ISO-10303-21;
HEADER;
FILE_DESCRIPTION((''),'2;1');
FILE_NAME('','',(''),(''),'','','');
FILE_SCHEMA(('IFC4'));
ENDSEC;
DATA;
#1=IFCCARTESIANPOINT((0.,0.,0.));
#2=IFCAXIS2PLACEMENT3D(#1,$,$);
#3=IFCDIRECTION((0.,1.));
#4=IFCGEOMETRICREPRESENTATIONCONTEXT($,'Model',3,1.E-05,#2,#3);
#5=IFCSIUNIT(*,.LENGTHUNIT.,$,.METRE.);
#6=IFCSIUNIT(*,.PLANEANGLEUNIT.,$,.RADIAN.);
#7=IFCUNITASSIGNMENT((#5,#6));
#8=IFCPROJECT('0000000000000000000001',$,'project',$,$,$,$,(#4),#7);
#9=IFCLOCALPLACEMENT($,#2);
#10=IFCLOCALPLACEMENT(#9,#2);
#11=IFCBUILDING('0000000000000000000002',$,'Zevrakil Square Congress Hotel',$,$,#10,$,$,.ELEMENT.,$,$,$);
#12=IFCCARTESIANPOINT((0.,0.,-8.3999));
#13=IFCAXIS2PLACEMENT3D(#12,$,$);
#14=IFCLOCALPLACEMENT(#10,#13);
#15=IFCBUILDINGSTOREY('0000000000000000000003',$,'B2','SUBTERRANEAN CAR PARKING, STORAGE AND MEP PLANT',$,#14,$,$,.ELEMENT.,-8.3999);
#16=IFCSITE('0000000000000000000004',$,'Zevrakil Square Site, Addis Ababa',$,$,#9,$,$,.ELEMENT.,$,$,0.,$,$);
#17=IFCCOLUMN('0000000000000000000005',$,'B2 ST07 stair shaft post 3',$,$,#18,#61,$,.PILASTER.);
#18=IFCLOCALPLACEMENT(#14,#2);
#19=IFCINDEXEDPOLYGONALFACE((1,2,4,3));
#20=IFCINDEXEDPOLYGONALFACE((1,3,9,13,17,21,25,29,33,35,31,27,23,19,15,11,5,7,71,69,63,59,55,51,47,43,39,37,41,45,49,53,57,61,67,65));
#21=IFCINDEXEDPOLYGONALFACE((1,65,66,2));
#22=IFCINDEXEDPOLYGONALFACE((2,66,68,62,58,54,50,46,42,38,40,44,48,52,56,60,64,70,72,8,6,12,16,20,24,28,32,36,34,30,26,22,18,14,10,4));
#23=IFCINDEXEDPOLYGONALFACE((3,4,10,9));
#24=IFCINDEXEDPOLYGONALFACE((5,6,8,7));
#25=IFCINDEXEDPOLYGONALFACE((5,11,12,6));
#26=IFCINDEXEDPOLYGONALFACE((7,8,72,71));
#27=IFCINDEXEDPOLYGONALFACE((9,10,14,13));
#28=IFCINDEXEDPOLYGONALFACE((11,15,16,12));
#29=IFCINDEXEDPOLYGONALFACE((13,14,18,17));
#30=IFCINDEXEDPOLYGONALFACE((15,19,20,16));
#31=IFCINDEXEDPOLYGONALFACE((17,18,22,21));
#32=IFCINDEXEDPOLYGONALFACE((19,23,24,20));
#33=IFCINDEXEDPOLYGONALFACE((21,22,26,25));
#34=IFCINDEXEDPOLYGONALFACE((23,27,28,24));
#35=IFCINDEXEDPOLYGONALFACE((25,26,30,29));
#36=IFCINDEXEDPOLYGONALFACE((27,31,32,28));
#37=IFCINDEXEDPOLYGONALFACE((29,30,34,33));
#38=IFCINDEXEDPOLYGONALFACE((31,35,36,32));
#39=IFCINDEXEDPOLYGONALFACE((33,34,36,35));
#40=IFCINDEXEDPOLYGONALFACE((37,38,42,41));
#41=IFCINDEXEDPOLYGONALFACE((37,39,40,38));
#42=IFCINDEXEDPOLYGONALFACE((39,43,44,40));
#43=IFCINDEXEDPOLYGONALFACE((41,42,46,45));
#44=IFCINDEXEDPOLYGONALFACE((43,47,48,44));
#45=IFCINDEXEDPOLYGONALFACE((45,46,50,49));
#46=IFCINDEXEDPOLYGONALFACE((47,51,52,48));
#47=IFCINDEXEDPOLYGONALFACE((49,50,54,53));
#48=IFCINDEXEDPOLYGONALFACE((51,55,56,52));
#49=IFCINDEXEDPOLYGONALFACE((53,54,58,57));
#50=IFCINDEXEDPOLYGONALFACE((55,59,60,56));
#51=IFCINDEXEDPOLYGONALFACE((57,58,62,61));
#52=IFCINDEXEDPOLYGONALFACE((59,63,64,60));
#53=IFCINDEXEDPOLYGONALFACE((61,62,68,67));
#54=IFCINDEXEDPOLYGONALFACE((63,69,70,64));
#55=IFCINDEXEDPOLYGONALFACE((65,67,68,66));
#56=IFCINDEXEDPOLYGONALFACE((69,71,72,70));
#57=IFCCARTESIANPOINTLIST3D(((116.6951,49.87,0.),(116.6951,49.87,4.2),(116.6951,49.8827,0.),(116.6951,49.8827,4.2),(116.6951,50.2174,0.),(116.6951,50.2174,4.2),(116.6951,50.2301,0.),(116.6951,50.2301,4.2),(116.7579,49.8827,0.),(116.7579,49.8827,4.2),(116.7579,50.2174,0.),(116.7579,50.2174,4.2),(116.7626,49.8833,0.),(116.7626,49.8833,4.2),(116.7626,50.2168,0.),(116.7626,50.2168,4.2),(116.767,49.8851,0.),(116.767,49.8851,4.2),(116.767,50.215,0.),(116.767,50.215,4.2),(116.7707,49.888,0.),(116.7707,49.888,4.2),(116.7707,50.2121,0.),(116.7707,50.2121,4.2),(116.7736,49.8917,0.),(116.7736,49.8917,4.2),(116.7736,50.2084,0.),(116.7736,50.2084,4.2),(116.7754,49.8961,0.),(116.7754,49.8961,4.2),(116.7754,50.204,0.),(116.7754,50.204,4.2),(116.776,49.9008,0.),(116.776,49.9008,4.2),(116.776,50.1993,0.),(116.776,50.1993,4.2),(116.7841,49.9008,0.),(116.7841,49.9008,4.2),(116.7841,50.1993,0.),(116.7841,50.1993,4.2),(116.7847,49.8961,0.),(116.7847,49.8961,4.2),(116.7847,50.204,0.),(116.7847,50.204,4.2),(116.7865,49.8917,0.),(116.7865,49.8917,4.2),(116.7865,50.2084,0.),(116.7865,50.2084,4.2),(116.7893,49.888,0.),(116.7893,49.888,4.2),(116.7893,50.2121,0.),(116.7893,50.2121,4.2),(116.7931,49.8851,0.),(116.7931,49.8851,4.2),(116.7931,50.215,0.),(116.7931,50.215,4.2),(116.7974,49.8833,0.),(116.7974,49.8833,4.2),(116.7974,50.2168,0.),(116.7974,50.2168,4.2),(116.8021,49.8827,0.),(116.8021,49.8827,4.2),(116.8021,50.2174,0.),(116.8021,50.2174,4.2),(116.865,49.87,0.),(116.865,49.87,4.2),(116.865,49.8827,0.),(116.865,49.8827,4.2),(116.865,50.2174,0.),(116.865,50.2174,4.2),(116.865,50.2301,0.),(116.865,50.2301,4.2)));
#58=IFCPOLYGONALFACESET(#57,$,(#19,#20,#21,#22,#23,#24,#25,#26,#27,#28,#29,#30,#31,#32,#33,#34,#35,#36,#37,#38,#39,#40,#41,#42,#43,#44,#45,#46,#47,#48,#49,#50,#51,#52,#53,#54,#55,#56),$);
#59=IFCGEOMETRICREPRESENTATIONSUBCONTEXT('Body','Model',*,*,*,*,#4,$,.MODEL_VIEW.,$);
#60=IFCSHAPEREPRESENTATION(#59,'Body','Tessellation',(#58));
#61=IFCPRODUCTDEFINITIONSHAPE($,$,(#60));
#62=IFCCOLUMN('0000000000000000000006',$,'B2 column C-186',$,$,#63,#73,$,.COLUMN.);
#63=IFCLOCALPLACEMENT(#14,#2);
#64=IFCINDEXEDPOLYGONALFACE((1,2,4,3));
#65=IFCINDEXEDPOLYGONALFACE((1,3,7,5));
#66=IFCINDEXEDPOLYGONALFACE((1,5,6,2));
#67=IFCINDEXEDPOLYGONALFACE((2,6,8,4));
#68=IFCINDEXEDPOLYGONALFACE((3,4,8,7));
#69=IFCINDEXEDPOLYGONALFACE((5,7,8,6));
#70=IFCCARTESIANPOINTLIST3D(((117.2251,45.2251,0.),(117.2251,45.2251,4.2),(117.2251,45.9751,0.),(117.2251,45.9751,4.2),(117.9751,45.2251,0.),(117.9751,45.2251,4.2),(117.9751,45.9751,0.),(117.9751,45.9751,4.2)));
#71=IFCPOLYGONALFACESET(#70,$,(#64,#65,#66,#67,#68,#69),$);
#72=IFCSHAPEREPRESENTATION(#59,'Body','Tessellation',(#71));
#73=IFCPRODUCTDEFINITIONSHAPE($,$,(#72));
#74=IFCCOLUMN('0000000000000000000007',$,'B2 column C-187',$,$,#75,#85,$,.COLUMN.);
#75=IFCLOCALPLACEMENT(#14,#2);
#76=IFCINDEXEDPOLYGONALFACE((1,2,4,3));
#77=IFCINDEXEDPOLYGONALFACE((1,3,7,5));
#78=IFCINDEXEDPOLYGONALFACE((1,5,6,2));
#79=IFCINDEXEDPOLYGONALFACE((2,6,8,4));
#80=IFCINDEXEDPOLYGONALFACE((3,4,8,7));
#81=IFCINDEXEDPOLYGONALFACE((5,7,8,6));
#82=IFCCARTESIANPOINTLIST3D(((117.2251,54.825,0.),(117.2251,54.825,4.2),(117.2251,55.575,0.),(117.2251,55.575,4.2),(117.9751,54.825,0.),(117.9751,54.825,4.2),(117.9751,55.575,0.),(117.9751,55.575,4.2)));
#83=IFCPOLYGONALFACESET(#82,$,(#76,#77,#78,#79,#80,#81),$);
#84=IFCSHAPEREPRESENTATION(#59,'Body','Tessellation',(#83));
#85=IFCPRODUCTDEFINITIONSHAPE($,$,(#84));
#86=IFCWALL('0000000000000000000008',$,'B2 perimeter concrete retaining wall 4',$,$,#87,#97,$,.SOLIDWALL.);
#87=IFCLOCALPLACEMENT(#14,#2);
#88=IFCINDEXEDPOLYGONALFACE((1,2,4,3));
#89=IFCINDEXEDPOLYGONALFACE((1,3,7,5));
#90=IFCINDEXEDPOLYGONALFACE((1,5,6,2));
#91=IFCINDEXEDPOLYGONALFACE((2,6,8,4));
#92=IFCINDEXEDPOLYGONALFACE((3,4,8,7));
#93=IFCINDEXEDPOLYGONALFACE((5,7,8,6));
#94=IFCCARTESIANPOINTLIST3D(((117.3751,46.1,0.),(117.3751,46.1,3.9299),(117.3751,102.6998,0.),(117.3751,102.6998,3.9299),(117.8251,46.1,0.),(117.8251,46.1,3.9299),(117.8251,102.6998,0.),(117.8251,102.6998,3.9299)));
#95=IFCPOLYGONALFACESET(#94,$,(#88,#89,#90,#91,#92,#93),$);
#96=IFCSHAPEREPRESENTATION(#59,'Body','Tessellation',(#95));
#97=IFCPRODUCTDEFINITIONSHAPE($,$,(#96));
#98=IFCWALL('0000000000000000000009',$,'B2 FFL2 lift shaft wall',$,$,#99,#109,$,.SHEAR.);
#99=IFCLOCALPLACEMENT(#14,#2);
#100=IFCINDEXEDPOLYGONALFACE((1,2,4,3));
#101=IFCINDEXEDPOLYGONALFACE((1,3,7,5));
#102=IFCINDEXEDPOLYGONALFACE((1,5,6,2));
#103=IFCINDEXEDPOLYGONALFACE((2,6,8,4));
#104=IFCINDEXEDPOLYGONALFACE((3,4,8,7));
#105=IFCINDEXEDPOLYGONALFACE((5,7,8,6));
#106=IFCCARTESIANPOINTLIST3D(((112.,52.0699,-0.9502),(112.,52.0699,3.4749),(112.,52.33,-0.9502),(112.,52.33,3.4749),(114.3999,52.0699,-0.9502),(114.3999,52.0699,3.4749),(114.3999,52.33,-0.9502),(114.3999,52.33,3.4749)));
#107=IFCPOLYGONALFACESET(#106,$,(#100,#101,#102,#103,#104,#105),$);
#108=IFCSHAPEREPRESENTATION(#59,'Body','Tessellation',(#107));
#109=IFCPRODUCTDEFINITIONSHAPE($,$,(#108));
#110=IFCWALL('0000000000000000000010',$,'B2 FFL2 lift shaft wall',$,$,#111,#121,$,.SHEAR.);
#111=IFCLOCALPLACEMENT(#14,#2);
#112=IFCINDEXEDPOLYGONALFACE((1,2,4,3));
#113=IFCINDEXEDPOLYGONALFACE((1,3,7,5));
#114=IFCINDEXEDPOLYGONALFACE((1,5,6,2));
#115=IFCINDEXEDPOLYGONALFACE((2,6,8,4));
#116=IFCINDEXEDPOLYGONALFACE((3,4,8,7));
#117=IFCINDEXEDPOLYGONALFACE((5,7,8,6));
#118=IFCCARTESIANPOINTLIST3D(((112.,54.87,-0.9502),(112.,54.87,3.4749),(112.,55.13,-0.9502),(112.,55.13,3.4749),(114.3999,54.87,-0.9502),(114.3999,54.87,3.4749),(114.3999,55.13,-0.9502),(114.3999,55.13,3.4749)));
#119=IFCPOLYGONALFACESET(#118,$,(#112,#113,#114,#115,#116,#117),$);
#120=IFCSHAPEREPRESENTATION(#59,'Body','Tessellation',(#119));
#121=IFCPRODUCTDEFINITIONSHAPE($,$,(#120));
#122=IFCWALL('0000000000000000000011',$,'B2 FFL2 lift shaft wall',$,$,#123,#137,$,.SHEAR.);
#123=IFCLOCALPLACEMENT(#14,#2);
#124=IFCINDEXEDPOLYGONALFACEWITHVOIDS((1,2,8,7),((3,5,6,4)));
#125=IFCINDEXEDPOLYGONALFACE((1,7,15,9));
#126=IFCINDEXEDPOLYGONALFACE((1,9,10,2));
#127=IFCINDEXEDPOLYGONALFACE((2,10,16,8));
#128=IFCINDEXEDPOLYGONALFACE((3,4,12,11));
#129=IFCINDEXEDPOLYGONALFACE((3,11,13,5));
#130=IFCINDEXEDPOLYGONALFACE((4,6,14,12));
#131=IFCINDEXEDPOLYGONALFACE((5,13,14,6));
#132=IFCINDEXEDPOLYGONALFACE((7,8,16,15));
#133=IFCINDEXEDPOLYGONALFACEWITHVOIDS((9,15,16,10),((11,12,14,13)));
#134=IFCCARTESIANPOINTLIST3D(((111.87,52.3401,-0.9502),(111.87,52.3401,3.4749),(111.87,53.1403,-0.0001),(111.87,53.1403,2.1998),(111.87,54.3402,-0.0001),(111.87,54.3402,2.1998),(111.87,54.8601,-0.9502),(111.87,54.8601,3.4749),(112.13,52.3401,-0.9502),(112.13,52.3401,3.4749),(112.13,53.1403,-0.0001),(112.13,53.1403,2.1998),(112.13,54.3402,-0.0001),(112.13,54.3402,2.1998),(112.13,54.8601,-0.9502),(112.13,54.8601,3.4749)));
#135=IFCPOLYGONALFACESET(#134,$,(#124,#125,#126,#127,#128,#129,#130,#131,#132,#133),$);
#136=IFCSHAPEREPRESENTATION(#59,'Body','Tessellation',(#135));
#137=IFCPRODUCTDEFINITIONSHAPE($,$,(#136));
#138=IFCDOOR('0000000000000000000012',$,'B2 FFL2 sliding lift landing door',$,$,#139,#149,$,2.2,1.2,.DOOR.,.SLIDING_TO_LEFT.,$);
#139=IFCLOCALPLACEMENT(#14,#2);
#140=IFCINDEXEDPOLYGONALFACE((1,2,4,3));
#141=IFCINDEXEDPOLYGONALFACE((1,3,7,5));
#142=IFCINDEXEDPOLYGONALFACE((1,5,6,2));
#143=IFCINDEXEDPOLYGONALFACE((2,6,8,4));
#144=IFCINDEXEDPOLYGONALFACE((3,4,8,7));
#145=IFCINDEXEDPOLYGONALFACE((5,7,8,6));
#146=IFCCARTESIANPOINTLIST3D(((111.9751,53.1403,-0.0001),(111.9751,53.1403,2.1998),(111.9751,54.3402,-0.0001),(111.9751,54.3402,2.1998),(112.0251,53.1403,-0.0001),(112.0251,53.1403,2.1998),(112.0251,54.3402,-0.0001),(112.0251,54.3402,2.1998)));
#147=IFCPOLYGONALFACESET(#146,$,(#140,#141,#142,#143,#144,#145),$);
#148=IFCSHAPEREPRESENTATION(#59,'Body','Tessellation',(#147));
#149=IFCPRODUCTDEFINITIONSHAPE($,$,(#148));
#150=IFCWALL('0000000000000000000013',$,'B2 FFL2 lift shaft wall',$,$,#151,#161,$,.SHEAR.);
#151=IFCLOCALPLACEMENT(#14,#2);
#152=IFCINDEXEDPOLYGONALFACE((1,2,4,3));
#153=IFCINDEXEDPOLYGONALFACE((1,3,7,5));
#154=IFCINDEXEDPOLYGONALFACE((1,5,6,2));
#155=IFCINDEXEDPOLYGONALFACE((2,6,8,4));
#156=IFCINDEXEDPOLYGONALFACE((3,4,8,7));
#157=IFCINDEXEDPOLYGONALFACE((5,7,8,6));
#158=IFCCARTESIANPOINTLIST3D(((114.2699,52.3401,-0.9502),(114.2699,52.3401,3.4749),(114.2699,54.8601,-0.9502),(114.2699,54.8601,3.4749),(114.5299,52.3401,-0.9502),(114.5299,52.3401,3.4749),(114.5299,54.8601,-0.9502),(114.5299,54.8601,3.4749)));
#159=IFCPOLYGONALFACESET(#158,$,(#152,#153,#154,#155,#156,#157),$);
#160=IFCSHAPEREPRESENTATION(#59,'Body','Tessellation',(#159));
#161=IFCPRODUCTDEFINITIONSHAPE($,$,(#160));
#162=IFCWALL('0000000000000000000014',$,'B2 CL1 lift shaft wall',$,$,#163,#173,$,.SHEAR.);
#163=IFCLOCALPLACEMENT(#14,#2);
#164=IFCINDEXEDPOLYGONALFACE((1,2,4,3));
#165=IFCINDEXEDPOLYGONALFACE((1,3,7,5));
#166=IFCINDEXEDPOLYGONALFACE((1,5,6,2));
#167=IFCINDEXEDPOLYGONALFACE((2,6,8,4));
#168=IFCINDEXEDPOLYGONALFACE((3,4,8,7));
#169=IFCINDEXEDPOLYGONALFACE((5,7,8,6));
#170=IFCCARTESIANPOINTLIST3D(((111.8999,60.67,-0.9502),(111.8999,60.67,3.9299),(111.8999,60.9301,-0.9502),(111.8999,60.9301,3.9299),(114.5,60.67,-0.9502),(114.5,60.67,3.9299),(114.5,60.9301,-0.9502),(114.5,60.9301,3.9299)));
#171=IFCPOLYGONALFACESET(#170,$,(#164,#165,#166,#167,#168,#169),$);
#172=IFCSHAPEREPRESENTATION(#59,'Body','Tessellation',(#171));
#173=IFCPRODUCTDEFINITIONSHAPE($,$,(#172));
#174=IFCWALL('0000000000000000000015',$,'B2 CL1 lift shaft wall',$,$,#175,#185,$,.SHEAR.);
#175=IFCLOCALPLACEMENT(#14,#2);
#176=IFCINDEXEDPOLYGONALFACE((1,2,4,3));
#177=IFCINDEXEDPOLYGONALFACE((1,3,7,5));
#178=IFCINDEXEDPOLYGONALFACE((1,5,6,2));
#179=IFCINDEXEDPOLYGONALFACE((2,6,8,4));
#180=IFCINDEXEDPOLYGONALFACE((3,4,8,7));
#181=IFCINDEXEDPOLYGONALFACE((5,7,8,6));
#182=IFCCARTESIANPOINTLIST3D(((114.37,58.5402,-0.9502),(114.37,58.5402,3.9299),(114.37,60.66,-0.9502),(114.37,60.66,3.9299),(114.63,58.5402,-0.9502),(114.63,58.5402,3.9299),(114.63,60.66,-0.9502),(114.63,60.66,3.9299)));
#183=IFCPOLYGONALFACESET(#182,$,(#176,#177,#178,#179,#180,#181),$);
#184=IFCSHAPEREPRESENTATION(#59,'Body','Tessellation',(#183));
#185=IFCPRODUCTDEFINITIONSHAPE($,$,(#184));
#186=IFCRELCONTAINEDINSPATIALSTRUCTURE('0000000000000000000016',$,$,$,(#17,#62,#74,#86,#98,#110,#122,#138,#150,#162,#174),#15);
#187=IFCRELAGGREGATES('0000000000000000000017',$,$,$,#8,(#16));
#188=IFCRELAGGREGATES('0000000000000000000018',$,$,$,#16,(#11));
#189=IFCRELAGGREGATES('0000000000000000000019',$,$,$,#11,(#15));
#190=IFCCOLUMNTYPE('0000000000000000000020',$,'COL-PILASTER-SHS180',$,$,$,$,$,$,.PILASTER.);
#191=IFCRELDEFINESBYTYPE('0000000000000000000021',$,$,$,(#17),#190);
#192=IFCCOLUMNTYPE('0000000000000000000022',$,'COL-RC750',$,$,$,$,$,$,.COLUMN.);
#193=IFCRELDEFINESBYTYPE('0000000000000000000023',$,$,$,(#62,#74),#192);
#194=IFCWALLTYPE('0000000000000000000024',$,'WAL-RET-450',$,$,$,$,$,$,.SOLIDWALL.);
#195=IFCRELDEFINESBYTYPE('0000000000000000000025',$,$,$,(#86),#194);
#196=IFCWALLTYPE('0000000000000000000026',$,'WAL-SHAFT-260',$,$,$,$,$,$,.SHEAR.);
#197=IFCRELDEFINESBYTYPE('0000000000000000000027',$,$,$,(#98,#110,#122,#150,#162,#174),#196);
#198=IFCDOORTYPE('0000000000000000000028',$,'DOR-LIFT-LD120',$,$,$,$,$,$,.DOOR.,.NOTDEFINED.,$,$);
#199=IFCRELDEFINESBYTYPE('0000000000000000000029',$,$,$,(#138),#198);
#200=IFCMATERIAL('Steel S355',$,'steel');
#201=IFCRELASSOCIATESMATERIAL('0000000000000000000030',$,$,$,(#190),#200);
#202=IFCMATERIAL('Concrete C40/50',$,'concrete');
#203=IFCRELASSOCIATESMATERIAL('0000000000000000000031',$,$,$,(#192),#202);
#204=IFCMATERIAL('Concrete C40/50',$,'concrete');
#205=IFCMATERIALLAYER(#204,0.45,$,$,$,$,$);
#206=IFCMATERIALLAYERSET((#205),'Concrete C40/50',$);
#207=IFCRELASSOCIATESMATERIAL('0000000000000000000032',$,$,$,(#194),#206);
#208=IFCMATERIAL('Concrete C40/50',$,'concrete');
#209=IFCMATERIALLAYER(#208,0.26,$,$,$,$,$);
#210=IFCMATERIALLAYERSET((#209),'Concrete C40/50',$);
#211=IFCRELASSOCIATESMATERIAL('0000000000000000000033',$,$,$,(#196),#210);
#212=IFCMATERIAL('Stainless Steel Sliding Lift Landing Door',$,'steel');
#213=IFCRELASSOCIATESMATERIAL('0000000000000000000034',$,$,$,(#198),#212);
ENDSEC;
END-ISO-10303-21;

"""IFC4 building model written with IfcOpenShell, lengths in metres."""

from ifc_helpers import new_model, si_unit, direction, frame, frame_2d, origin, origin_2d, place, context, subcontext, project, spatial, rectangle, i_section, extrude, material, layer, layer_set, material_profile, profile_set, type_object, element, fill, save


model = new_model("IFC4")

# Units and contexts
model_context = context("Model", 3, precision=1e-05, world=origin(), true_north=direction((0.0, 1.0)))
body_context = subcontext(model_context, "Body", "Model", "MODEL_VIEW")
ifc_project = project(units=[si_unit("LENGTHUNIT", "METRE"), si_unit("PLANEANGLEUNIT", "RADIAN")], contexts=[model_context])

# Site, building, storey
site_placement = place(None, origin())
site = spatial("IfcSite", under=ifc_project, at=site_placement, Name="Zevrakil Square Site, Addis Ababa", CompositionType="ELEMENT", RefElevation=0.0)
building_placement = place(site_placement, origin())
building = spatial("IfcBuilding", under=site, at=building_placement, Name="Zevrakil Square Congress Hotel", CompositionType="ELEMENT")
storey_placement = place(building_placement, frame((0.0, 0.0, -8.3999)))
storey = spatial("IfcBuildingStorey", under=building, at=storey_placement, Name="B2", Description="SUBTERRANEAN CAR PARKING, STORAGE AND MEP PLANT", CompositionType="ELEMENT", Elevation=-8.3999)

# Columns
ifc_material_1 = material(Name="Steel S355", Category="steel")
ifc_material_profile_1 = material_profile(ifc_material_1, i_section(OverallWidth=0.1699, OverallDepth=0.3601, WebThickness=0.0081, FlangeThickness=0.0127, FilletRadius=0.0181, at=origin_2d()), Name="IPE 360")
ifc_profile_set_1 = profile_set([ifc_material_profile_1], Name="Steel S355")
column_type_1 = type_object("IfcColumnType", Name="COL-PILASTER-SHS180", PredefinedType="PILASTER", material=ifc_profile_set_1)
for number, where, z_axis, x_axis, name in (
    (1, (116.78, 50.05, 0.0), (0.0, 0.0, 1.0), (1.0, 0.0, 0.0), "B2 ST07 stair shaft post 3"),
):
    element("IfcColumn", number, at=place(storey_placement, frame(where, z_axis=z_axis, x_axis=x_axis)), inside=storey, type_object=column_type_1, Name=name, PredefinedType="PILASTER", context=body_context, shape_type="SweptSolid", body=[
        extrude(i_section(OverallWidth=0.1699, OverallDepth=0.3601, WebThickness=0.0081, FlangeThickness=0.0127, FilletRadius=0.0181, at=origin_2d()), origin(), (0.0, 0.0, 1.0), 4.2),
    ])
ifc_material_2 = material(Name="Concrete C40/50", Category="concrete")
ifc_material_profile_2 = material_profile(ifc_material_2, rectangle(XDim=0.75, YDim=0.75, at=origin_2d()), Name="RC 750x750")
ifc_profile_set_2 = profile_set([ifc_material_profile_2], Name="Concrete C40/50")
column_type_2 = type_object("IfcColumnType", Name="COL-RC750", PredefinedType="COLUMN", material=ifc_profile_set_2)
for number, where, z_axis, x_axis, name in (
    (2, (117.6001, 45.6001, 0.0), (0.0, 0.0, 1.0), (1.0, 0.0, 0.0), "B2 column C-186"),
    (3, (117.6001, 55.2, 0.0), (0.0, 0.0, 1.0), (1.0, 0.0, 0.0), "B2 column C-187"),
):
    element("IfcColumn", number, at=place(storey_placement, frame(where, z_axis=z_axis, x_axis=x_axis)), inside=storey, type_object=column_type_2, Name=name, PredefinedType="COLUMN", context=body_context, shape_type="SweptSolid", body=[
        extrude(rectangle(XDim=0.75, YDim=0.75, at=origin_2d()), origin(), (0.0, 0.0, 1.0), 4.2),
    ])

# Walls
ifc_material_3 = material(Name="Concrete C40/50", Category="concrete")
ifc_layer_1 = layer(ifc_material_3, 0.45)
ifc_layer_set_1 = layer_set([ifc_layer_1], Name="Concrete C40/50")
wall_type_1 = type_object("IfcWallType", Name="WAL-RET-450", PredefinedType="SOLIDWALL", material=ifc_layer_set_1)
wall_1_placement = place(storey_placement, frame((117.6001, 46.1001, 0.0), z_axis=(0.0, 0.0, 1.0), x_axis=(0.0, 1.0, 0.0)))
element("IfcWall", 4, at=wall_1_placement, inside=storey, type_object=wall_type_1, Name="B2 perimeter concrete retaining wall 4", PredefinedType="SOLIDWALL", context=body_context, shape_type="SweptSolid", body=[
    extrude(rectangle(XDim=56.5999, YDim=0.45, at=frame_2d((28.2998, 0.0))), origin(), (0.0, 0.0, 1.0), 3.9299),
])
ifc_material_4 = material(Name="Concrete C40/50", Category="concrete")
ifc_layer_2 = layer(ifc_material_4, 0.26)
ifc_layer_set_2 = layer_set([ifc_layer_2], Name="Concrete C40/50")
wall_type_2 = type_object("IfcWallType", Name="WAL-SHAFT-260", PredefinedType="SHEAR", material=ifc_layer_set_2)
for number, where, z_axis, x_axis, name in (
    (5, (112.0, 52.2, -0.9502), (0.0, 0.0, 1.0), (1.0, 0.0, 0.0), "B2 FFL2 lift shaft wall"),
    (6, (112.0, 55.0, -0.9502), (0.0, 0.0, 1.0), (1.0, 0.0, 0.0), "B2 FFL2 lift shaft wall"),
):
    element("IfcWall", number, at=place(storey_placement, frame(where, z_axis=z_axis, x_axis=x_axis)), inside=storey, type_object=wall_type_2, Name=name, PredefinedType="SHEAR", context=body_context, shape_type="SweptSolid", body=[
        extrude(rectangle(XDim=2.3999, YDim=0.26, at=frame_2d((1.2, 0.0))), origin(), (0.0, 0.0, 1.0), 4.425),
    ])

# Wall, opening, door
wall_2_placement = place(storey_placement, frame((112.0, 52.3401, -0.9502), z_axis=(0.0, 0.0, 1.0), x_axis=(0.0, 1.0, 0.0)))
wall_2 = element("IfcWall", 7, at=wall_2_placement, inside=storey, type_object=wall_type_2, Name="B2 FFL2 lift shaft wall", PredefinedType="SHEAR", context=body_context, shape_type="SweptSolid", body=[
    extrude(rectangle(XDim=2.52, YDim=0.26, at=frame_2d((1.26, 0.0))), origin(), (0.0, 0.0, 1.0), 4.425),
])
opening_1_placement = place(wall_2_placement, frame((0.8, 0.0, 0.95)))
opening_1 = element("IfcOpeningElement", 8, at=opening_1_placement, cuts=wall_2, PredefinedType="OPENING", context=body_context, shape_type="SweptSolid", body=[
    extrude(rectangle(XDim=1.2, YDim=2.2, at=frame_2d((0.6001, 1.1001))), frame((0.0, 0.1401, 0.0), z_axis=(0.0, -1.0, 0.0), x_axis=(1.0, 0.0, 0.0)), (0.0, 0.0, 1.0), 0.28),
])
ifc_material_5 = material(Name="Stainless Steel Sliding Lift Landing Door", Category="steel")
door_type = type_object("IfcDoorType", Name="DOR-LIFT-LD120", OperationType="NOTDEFINED", PredefinedType="DOOR", material=ifc_material_5)
door_1_placement = place(opening_1_placement, origin())
door_1 = element("IfcDoor", 9, at=door_1_placement, inside=storey, type_object=door_type, Name="B2 FFL2 sliding lift landing door", OperationType="SLIDING_TO_LEFT", OverallHeight=2.2, OverallWidth=1.2, PredefinedType="DOOR", context=body_context, shape_type="SweptSolid", body=[
    extrude(rectangle(XDim=1.2, YDim=2.2, at=frame_2d((0.6001, 1.1001))), frame((0.0, 0.0249, 0.0), z_axis=(0.0, -1.0, 0.0), x_axis=(1.0, 0.0, 0.0)), (0.0, 0.0, 1.0), 0.05),
])
fill(opening_1, door_1)

# Walls
wall_3_placement = place(storey_placement, frame((114.3999, 52.3401, -0.9502), z_axis=(0.0, 0.0, 1.0), x_axis=(0.0, 1.0, 0.0)))
element("IfcWall", 10, at=wall_3_placement, inside=storey, type_object=wall_type_2, Name="B2 FFL2 lift shaft wall", PredefinedType="SHEAR", context=body_context, shape_type="SweptSolid", body=[
    extrude(rectangle(XDim=2.52, YDim=0.26, at=frame_2d((1.26, 0.0))), origin(), (0.0, 0.0, 1.0), 4.425),
])
wall_4_placement = place(storey_placement, frame((111.8999, 60.8, -0.9502), z_axis=(0.0, 0.0, 1.0), x_axis=(1.0, 0.0, 0.0)))
element("IfcWall", 11, at=wall_4_placement, inside=storey, type_object=wall_type_2, Name="B2 CL1 lift shaft wall", PredefinedType="SHEAR", context=body_context, shape_type="SweptSolid", body=[
    extrude(rectangle(XDim=2.6001, YDim=0.26, at=frame_2d((1.3, 0.0))), origin(), (0.0, 0.0, 1.0), 4.8801),
])
wall_5_placement = place(storey_placement, frame((114.5, 58.54, -0.9502), z_axis=(0.0, 0.0, 1.0), x_axis=(0.0, 1.0, 0.0)))
element("IfcWall", 12, at=wall_5_placement, inside=storey, type_object=wall_type_2, Name="B2 CL1 lift shaft wall", PredefinedType="SHEAR", context=body_context, shape_type="SweptSolid", body=[
    extrude(rectangle(XDim=2.1199, YDim=0.26, at=frame_2d((1.0601, 0.0))), origin(), (0.0, 0.0, 1.0), 4.8801),
])

save(model, "model.ifc")
